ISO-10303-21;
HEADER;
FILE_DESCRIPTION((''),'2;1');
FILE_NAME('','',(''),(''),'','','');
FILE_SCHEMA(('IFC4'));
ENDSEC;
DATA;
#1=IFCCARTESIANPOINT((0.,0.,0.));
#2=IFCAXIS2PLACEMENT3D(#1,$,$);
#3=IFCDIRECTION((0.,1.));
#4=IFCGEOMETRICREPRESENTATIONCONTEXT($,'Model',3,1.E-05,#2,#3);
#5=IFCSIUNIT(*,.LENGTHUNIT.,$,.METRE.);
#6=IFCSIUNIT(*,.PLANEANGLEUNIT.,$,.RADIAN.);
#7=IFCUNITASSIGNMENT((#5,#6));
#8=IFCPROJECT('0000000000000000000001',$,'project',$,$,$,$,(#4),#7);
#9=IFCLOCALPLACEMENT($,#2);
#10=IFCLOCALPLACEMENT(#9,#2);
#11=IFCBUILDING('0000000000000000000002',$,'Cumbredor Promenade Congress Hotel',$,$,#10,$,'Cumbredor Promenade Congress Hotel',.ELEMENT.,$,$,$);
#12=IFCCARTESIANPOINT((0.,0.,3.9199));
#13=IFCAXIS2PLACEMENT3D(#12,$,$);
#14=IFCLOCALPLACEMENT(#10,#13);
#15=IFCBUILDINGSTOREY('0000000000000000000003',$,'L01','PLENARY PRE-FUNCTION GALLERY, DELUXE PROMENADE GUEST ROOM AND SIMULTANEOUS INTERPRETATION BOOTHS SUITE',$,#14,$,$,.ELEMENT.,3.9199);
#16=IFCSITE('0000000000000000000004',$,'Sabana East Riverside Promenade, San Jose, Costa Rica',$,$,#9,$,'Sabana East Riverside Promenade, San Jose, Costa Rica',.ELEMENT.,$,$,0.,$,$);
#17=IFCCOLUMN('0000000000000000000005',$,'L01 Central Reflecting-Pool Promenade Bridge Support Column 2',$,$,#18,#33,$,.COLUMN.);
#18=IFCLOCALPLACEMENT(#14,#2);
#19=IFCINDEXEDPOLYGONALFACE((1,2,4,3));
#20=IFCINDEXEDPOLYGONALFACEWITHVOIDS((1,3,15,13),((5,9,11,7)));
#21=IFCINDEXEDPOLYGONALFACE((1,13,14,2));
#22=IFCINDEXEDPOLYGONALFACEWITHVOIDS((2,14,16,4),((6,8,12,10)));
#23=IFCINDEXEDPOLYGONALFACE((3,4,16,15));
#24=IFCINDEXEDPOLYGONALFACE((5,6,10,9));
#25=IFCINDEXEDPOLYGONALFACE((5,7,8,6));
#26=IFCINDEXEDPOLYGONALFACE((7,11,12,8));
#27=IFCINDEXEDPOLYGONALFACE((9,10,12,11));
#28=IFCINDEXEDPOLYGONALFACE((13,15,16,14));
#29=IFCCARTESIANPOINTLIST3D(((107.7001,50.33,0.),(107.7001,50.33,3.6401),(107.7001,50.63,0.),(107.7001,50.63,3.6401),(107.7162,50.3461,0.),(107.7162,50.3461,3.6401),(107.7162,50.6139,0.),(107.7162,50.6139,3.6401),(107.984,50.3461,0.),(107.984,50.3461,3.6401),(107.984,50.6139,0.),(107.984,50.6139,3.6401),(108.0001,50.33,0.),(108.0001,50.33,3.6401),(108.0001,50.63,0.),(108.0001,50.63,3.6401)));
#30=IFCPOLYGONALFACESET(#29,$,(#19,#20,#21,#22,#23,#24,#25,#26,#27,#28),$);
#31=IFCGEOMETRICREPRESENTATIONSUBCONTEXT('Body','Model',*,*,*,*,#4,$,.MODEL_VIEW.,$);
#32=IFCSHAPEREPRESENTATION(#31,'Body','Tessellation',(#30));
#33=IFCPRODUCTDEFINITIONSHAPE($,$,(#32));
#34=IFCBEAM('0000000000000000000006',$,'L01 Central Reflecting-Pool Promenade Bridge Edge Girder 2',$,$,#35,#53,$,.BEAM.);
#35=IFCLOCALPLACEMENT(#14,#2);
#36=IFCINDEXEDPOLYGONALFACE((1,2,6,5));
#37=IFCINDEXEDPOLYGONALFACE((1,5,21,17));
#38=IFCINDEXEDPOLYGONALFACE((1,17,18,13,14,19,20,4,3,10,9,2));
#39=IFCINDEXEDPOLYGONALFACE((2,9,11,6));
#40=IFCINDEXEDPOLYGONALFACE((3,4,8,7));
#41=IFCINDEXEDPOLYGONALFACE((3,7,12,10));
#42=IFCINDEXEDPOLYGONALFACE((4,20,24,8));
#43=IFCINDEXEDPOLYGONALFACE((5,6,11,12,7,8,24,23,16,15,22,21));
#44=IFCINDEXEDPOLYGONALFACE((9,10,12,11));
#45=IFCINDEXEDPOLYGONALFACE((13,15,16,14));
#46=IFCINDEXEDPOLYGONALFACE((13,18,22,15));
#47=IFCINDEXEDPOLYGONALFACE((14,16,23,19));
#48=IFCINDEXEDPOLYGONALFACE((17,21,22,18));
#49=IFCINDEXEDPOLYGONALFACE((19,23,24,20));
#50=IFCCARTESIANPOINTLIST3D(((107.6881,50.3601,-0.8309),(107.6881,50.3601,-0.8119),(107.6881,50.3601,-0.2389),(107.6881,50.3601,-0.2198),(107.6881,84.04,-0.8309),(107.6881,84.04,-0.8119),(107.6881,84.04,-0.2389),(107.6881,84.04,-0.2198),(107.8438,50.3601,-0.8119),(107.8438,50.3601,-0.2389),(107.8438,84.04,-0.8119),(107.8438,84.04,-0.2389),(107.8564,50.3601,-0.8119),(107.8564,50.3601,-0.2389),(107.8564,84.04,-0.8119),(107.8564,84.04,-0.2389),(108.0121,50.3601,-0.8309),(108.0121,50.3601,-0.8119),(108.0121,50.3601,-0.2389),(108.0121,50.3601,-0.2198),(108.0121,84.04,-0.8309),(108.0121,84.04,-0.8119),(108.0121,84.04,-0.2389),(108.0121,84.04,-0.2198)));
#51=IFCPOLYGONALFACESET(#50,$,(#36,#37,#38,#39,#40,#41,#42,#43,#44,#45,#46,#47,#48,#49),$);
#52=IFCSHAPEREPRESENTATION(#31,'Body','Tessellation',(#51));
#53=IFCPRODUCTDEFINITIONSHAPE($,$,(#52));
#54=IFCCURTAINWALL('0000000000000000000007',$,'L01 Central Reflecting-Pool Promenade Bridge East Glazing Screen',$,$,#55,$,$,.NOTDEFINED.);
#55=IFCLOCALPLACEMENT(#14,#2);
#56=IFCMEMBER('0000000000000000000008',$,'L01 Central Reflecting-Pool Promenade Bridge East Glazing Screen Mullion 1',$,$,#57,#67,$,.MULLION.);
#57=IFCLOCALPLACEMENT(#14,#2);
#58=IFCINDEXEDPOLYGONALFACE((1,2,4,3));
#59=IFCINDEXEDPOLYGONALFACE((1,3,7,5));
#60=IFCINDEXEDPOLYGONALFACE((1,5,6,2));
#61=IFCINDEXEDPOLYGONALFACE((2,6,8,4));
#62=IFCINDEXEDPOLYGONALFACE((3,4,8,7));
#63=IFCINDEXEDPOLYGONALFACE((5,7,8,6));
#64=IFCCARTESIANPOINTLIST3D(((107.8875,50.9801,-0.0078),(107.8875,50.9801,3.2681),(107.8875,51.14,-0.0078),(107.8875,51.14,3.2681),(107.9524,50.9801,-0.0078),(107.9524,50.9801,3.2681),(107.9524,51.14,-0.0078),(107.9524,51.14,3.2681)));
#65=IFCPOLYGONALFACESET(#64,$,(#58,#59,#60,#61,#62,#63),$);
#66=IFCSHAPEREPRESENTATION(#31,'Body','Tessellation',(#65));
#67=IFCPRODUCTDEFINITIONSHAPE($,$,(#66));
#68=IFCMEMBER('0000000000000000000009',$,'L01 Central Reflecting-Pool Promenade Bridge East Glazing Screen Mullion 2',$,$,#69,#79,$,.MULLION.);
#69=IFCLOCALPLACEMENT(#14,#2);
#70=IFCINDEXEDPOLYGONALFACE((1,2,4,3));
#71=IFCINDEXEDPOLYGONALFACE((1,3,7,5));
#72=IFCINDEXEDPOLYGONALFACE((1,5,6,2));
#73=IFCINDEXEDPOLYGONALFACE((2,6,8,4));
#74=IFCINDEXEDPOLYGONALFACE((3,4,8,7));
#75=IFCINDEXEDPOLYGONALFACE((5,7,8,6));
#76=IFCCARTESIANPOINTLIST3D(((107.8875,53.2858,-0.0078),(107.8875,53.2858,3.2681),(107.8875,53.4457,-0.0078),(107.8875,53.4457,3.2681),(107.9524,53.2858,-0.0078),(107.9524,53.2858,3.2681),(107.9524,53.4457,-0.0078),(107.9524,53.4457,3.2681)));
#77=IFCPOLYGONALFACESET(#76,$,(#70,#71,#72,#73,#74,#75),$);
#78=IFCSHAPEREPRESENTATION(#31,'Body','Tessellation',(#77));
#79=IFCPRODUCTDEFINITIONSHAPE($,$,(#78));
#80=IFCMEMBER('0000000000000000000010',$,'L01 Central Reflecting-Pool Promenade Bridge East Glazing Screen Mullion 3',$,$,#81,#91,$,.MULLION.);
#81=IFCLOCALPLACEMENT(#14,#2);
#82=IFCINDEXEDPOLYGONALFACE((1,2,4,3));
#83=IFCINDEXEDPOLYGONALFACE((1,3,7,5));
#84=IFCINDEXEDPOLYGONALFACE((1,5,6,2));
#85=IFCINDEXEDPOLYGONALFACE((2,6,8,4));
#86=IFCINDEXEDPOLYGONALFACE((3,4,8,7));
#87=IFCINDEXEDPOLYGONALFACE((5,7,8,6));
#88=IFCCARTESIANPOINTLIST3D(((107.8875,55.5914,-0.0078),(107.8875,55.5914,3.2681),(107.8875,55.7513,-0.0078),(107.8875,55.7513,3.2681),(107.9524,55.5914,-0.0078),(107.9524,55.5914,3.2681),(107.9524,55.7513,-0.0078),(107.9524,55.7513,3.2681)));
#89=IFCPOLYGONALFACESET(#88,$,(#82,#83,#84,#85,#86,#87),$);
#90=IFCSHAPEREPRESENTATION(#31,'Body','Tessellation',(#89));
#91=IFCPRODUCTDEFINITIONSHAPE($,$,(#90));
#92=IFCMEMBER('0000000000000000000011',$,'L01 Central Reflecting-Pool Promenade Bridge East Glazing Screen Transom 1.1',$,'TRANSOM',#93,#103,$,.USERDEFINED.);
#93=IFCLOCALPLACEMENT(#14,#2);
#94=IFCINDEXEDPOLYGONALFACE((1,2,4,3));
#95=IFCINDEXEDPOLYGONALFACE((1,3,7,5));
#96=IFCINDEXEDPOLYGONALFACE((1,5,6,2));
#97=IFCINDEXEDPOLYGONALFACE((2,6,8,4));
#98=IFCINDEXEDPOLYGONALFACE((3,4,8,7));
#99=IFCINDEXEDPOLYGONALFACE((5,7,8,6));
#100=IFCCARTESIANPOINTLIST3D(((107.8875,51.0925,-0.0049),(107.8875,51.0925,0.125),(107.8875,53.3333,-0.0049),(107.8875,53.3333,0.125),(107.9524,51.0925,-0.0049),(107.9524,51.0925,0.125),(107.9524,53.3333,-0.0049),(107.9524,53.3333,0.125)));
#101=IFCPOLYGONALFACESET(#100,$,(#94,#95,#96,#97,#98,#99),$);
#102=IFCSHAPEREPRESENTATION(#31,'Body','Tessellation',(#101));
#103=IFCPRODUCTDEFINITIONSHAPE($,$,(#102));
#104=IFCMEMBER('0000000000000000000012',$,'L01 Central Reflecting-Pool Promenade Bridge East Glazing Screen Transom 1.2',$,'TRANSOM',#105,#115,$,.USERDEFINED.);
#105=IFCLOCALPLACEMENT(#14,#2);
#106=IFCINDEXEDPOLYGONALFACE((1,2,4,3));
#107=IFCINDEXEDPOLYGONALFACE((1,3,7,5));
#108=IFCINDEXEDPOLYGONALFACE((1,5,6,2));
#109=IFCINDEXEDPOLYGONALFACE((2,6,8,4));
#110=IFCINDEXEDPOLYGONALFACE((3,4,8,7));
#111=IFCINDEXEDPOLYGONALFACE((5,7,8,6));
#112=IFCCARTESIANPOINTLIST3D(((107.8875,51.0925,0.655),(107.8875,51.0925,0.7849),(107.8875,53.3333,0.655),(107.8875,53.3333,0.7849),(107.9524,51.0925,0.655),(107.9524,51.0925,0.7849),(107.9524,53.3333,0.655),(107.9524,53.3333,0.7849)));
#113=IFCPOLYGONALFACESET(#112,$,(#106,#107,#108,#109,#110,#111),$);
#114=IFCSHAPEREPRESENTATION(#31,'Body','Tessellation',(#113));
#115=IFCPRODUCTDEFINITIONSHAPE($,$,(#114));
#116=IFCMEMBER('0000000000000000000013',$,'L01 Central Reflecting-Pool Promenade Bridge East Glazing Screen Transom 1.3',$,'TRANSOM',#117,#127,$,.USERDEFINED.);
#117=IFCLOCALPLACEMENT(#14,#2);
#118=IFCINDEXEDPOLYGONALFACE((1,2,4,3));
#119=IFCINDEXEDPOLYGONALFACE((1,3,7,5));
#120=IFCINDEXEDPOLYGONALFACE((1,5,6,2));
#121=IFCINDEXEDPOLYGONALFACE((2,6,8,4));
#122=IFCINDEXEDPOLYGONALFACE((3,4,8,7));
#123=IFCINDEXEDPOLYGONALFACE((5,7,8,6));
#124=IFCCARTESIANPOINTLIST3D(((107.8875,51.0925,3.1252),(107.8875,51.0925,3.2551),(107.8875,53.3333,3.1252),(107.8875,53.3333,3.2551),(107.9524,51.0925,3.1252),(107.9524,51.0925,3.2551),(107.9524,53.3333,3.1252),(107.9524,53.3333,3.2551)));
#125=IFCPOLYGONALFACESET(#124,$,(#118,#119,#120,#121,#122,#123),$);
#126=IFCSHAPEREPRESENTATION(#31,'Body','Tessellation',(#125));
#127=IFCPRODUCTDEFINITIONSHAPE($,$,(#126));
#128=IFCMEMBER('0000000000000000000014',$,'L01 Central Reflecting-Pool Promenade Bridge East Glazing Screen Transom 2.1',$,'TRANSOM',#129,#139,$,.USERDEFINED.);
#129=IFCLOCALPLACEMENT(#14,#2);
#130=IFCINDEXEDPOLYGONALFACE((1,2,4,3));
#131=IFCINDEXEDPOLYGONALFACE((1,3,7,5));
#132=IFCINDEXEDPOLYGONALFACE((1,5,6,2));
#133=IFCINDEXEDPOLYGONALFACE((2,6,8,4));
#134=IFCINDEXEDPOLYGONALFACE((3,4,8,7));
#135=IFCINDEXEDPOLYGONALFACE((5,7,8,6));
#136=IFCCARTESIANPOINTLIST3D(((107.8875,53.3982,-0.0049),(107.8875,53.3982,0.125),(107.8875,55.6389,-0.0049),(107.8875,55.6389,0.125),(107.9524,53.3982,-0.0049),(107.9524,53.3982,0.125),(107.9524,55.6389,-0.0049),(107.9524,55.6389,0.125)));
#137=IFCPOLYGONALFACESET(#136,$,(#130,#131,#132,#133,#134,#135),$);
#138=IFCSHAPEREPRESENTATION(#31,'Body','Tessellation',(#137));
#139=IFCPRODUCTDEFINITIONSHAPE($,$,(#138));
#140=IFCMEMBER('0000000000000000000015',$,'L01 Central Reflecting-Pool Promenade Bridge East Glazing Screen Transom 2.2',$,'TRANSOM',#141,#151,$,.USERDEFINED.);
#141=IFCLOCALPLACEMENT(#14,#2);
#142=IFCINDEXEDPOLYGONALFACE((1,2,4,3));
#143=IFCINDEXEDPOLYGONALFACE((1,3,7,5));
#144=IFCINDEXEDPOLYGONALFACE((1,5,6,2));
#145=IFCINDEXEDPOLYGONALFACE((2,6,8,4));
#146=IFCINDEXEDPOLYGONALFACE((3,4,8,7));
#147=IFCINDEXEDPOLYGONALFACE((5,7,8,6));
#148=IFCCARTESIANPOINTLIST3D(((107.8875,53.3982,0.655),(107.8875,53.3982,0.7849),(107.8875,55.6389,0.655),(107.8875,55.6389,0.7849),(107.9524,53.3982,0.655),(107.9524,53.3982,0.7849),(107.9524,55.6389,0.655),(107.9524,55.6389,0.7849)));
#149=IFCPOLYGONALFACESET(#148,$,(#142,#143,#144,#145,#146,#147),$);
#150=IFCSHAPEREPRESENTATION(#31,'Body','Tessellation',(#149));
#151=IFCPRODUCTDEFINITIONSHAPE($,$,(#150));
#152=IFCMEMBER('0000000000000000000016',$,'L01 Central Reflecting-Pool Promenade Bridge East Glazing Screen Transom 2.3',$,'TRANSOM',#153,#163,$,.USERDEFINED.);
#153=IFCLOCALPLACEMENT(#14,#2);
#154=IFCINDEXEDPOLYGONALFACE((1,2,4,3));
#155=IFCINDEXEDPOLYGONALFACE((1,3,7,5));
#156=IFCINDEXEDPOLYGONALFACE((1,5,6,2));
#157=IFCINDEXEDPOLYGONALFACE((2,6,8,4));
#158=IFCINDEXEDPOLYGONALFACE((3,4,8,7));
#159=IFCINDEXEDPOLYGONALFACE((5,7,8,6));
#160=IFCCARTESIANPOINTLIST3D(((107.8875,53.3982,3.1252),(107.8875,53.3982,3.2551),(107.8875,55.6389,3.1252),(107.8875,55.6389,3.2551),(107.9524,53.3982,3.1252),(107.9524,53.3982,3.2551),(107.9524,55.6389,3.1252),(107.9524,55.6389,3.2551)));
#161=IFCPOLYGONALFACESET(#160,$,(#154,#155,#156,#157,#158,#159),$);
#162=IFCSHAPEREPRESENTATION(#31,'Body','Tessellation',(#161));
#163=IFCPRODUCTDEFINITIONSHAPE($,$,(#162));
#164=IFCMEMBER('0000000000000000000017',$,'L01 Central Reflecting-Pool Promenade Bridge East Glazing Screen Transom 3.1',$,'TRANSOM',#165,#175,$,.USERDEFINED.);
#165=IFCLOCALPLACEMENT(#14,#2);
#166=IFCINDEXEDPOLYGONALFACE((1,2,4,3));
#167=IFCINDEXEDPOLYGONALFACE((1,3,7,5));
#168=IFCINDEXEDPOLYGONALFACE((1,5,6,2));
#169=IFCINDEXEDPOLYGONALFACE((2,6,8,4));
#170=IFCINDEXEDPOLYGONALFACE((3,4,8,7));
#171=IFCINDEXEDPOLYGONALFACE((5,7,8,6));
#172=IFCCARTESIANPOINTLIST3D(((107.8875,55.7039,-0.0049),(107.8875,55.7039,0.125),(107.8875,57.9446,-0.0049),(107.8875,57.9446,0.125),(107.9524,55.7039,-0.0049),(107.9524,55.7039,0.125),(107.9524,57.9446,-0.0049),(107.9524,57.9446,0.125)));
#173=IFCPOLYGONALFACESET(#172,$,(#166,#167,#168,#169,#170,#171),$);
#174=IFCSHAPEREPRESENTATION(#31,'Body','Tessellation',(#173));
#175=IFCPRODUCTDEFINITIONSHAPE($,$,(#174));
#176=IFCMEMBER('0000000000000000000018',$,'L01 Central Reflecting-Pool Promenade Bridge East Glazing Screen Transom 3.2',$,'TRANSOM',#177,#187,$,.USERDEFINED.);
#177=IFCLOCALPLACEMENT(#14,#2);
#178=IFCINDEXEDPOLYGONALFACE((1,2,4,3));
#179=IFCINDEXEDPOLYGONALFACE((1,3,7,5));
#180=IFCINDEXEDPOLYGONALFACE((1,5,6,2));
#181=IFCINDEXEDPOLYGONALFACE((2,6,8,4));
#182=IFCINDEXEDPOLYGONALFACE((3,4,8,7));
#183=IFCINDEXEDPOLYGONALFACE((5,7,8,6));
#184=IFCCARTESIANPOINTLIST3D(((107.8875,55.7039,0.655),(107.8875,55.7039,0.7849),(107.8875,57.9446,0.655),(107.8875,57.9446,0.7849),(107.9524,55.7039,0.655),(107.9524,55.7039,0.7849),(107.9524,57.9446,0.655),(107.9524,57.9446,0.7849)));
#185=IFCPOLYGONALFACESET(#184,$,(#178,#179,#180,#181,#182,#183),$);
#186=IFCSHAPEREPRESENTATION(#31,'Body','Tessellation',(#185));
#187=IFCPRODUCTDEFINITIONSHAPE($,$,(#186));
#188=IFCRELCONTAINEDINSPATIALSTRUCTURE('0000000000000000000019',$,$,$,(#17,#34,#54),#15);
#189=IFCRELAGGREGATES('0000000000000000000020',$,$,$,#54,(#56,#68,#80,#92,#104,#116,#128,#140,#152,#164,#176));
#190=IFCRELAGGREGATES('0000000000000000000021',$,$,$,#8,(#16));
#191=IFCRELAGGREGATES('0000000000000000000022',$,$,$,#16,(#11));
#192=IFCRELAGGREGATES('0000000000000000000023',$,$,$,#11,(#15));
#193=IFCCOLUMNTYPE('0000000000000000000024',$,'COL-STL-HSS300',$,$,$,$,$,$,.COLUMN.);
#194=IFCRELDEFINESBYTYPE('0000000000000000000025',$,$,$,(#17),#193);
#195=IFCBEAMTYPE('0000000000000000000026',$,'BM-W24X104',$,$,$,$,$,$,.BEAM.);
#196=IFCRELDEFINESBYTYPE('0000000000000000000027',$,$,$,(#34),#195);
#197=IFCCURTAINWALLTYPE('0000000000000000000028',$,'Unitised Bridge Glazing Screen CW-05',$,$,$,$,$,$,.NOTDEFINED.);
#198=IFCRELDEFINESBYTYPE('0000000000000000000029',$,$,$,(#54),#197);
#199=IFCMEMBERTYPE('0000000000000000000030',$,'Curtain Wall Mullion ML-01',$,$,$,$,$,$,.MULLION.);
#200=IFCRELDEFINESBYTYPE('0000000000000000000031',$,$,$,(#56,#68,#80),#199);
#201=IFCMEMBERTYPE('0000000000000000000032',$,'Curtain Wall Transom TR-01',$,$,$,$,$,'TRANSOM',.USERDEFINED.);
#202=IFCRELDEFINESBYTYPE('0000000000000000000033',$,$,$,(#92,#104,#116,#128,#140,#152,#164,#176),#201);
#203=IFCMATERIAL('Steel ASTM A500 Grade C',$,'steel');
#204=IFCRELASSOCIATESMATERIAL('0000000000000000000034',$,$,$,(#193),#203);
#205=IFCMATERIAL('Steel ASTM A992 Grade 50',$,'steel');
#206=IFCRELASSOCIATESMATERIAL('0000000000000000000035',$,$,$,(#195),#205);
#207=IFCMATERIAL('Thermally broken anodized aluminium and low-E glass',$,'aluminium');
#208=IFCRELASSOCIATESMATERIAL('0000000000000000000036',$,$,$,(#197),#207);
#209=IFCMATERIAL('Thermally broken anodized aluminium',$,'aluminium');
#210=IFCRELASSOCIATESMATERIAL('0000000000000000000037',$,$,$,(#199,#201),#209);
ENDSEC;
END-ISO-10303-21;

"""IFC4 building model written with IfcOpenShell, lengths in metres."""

from ifc_helpers import new_model, si_unit, direction, frame, origin, origin_2d, place, context, subcontext, project, spatial, rectangle, hollow_rectangle, i_section, extrude, material, material_profile, profile_set, type_object, element, aggregate, save


model = new_model("IFC4")

# Units and contexts
model_context = context("Model", 3, precision=1e-05, world=origin(), true_north=direction((0.0, 1.0)))
body_context = subcontext(model_context, "Body", "Model", "MODEL_VIEW")
ifc_project = project(units=[si_unit("LENGTHUNIT", "METRE"), si_unit("PLANEANGLEUNIT", "RADIAN")], contexts=[model_context])

# Site, building, storey
site_placement = place(None, origin())
site = spatial("IfcSite", under=ifc_project, at=site_placement, Name="Sabana East Riverside Promenade, San Jose, Costa Rica", LongName="Sabana East Riverside Promenade, San Jose, Costa Rica", CompositionType="ELEMENT", RefElevation=0.0)
building_placement = place(site_placement, origin())
building = spatial("IfcBuilding", under=site, at=building_placement, Name="Cumbredor Promenade Congress Hotel", LongName="Cumbredor Promenade Congress Hotel", CompositionType="ELEMENT")
storey_placement = place(building_placement, frame((0.0, 0.0, 3.9199)))
storey = spatial("IfcBuildingStorey", under=building, at=storey_placement, Name="L01", Description="PLENARY PRE-FUNCTION GALLERY, DELUXE PROMENADE GUEST ROOM AND SIMULTANEOUS INTERPRETATION BOOTHS SUITE", CompositionType="ELEMENT", Elevation=3.9199)

# Column
ifc_material_1 = material(Name="Steel ASTM A500 Grade C", Category="steel")
ifc_material_profile_1 = material_profile(ifc_material_1, hollow_rectangle(XDim=0.3, YDim=0.3, WallThickness=0.0161, at=origin_2d()), Name="HSS 300x300x16")
ifc_profile_set_1 = profile_set([ifc_material_profile_1], Name="Steel ASTM A500 Grade C")
column_type = type_object("IfcColumnType", Name="COL-STL-HSS300", PredefinedType="COLUMN", material=ifc_profile_set_1)
column_placement = place(storey_placement, frame((107.8501, 50.48, 0.0), z_axis=(0.0, 0.0, 1.0), x_axis=(1.0, 0.0, 0.0)))
element("IfcColumn", 1, at=column_placement, inside=storey, type_object=column_type, Name="L01 Central Reflecting-Pool Promenade Bridge Support Column 2", PredefinedType="COLUMN", context=body_context, shape_type="SweptSolid", body=[
    extrude(hollow_rectangle(XDim=0.3, YDim=0.3, WallThickness=0.0161, at=origin_2d()), origin(), (0.0, 0.0, 1.0), 3.6401),
])

# Beam
ifc_material_2 = material(Name="Steel ASTM A992 Grade 50", Category="steel")
ifc_material_profile_2 = material_profile(ifc_material_2, i_section(OverallWidth=0.324, OverallDepth=0.6111, WebThickness=0.0127, FlangeThickness=0.019, at=origin_2d()), Name="W24X104")
ifc_profile_set_2 = profile_set([ifc_material_profile_2], Name="Steel ASTM A992 Grade 50")
beam_type_1 = type_object("IfcBeamType", Name="BM-W24X104", PredefinedType="BEAM", material=ifc_profile_set_2)
beam_1_placement = place(storey_placement, frame((107.8501, 50.3601, -0.5254), z_axis=(0.0, 1.0, 0.0), x_axis=(-1.0, 0.0, 0.0)))
element("IfcBeam", 2, at=beam_1_placement, inside=storey, type_object=beam_type_1, Name="L01 Central Reflecting-Pool Promenade Bridge Edge Girder 2", PredefinedType="BEAM", context=body_context, shape_type="SweptSolid", body=[
    extrude(i_section(OverallWidth=0.324, OverallDepth=0.6111, WebThickness=0.0127, FlangeThickness=0.019, at=origin_2d()), origin(), (0.0, 0.0, 1.0), 33.6799),
])

# Curtain wall, members
ifc_material_3 = material(Name="Thermally broken anodized aluminium and low-E glass", Category="aluminium")
curtain_wall_type = type_object("IfcCurtainWallType", Name="Unitised Bridge Glazing Screen CW-05", PredefinedType="NOTDEFINED", material=ifc_material_3)
curtain_wall_placement = place(storey_placement, origin())
curtain_wall = element("IfcCurtainWall", 3, at=curtain_wall_placement, inside=storey, type_object=curtain_wall_type, Name="L01 Central Reflecting-Pool Promenade Bridge East Glazing Screen", PredefinedType="NOTDEFINED")
ifc_material_4 = material(Name="Thermally broken anodized aluminium", Category="aluminium")
ifc_material_profile_3 = material_profile(ifc_material_4, rectangle(XDim=0.0649, YDim=0.1599, at=origin_2d()), Name="ALU MULLION 65x160")
ifc_profile_set_3 = profile_set([ifc_material_profile_3], Name="Thermally broken anodized aluminium")
member_type_1 = type_object("IfcMemberType", Name="Curtain Wall Mullion ML-01", PredefinedType="MULLION", material=ifc_profile_set_3)
member_1_placement = place(storey_placement, frame((107.9199, 51.0601, -0.0078), z_axis=(0.0, 0.0, 1.0), x_axis=(1.0, 0.0, 0.0)))
member_1 = element("IfcMember", 4, at=member_1_placement, type_object=member_type_1, Name="L01 Central Reflecting-Pool Promenade Bridge East Glazing Screen Mullion 1", PredefinedType="MULLION", context=body_context, shape_type="SweptSolid", body=[
    extrude(rectangle(XDim=0.0649, YDim=0.1599, at=origin_2d()), origin(), (0.0, 0.0, 1.0), 3.2759),
])
member_2_placement = place(storey_placement, frame((107.9199, 53.3657, -0.0078), z_axis=(0.0, 0.0, 1.0), x_axis=(1.0, 0.0, 0.0)))
member_2 = element("IfcMember", 5, at=member_2_placement, type_object=member_type_1, Name="L01 Central Reflecting-Pool Promenade Bridge East Glazing Screen Mullion 2", PredefinedType="MULLION", context=body_context, shape_type="SweptSolid", body=[
    extrude(rectangle(XDim=0.0649, YDim=0.1599, at=origin_2d()), origin(), (0.0, 0.0, 1.0), 3.2759),
])
member_3_placement = place(storey_placement, frame((107.9199, 55.6714, -0.0078), z_axis=(0.0, 0.0, 1.0), x_axis=(1.0, 0.0, 0.0)))
member_3 = element("IfcMember", 6, at=member_3_placement, type_object=member_type_1, Name="L01 Central Reflecting-Pool Promenade Bridge East Glazing Screen Mullion 3", PredefinedType="MULLION", context=body_context, shape_type="SweptSolid", body=[
    extrude(rectangle(XDim=0.0649, YDim=0.1599, at=origin_2d()), origin(), (0.0, 0.0, 1.0), 3.2759),
])
ifc_material_profile_4 = material_profile(ifc_material_4, rectangle(XDim=0.0649, YDim=0.1299, at=origin_2d()), Name="ALU TRANSOM 65x130")
ifc_profile_set_4 = profile_set([ifc_material_profile_4], Name="Thermally broken anodized aluminium")
member_type_2 = type_object("IfcMemberType", Name="Curtain Wall Transom TR-01", ElementType="TRANSOM", PredefinedType="USERDEFINED", material=ifc_profile_set_4)
member_4_placement = place(storey_placement, frame((107.9199, 51.0925, 0.0601), z_axis=(0.0, 1.0, 0.0), x_axis=(-1.0, 0.0, 0.0)))
member_4 = element("IfcMember", 7, at=member_4_placement, type_object=member_type_2, Name="L01 Central Reflecting-Pool Promenade Bridge East Glazing Screen Transom 1.1", ObjectType="TRANSOM", PredefinedType="USERDEFINED", context=body_context, shape_type="SweptSolid", body=[
    extrude(rectangle(XDim=0.0649, YDim=0.1299, at=origin_2d()), origin(), (0.0, 0.0, 1.0), 2.2407),
])
member_5_placement = place(storey_placement, frame((107.9199, 51.0925, 0.72), z_axis=(0.0, 1.0, 0.0), x_axis=(-1.0, 0.0, 0.0)))
member_5 = element("IfcMember", 8, at=member_5_placement, type_object=member_type_2, Name="L01 Central Reflecting-Pool Promenade Bridge East Glazing Screen Transom 1.2", ObjectType="TRANSOM", PredefinedType="USERDEFINED", context=body_context, shape_type="SweptSolid", body=[
    extrude(rectangle(XDim=0.0649, YDim=0.1299, at=origin_2d()), origin(), (0.0, 0.0, 1.0), 2.2407),
])
member_6_placement = place(storey_placement, frame((107.9199, 51.0925, 3.1902), z_axis=(0.0, 1.0, 0.0), x_axis=(-1.0, 0.0, 0.0)))
member_6 = element("IfcMember", 9, at=member_6_placement, type_object=member_type_2, Name="L01 Central Reflecting-Pool Promenade Bridge East Glazing Screen Transom 1.3", ObjectType="TRANSOM", PredefinedType="USERDEFINED", context=body_context, shape_type="SweptSolid", body=[
    extrude(rectangle(XDim=0.0649, YDim=0.1299, at=origin_2d()), origin(), (0.0, 0.0, 1.0), 2.2407),
])
member_7_placement = place(storey_placement, frame((107.9199, 53.3982, 0.0601), z_axis=(0.0, 1.0, 0.0), x_axis=(-1.0, 0.0, 0.0)))
member_7 = element("IfcMember", 10, at=member_7_placement, type_object=member_type_2, Name="L01 Central Reflecting-Pool Promenade Bridge East Glazing Screen Transom 2.1", ObjectType="TRANSOM", PredefinedType="USERDEFINED", context=body_context, shape_type="SweptSolid", body=[
    extrude(rectangle(XDim=0.0649, YDim=0.1299, at=origin_2d()), origin(), (0.0, 0.0, 1.0), 2.2407),
])
member_8_placement = place(storey_placement, frame((107.9199, 53.3982, 0.72), z_axis=(0.0, 1.0, 0.0), x_axis=(-1.0, 0.0, 0.0)))
member_8 = element("IfcMember", 11, at=member_8_placement, type_object=member_type_2, Name="L01 Central Reflecting-Pool Promenade Bridge East Glazing Screen Transom 2.2", ObjectType="TRANSOM", PredefinedType="USERDEFINED", context=body_context, shape_type="SweptSolid", body=[
    extrude(rectangle(XDim=0.0649, YDim=0.1299, at=origin_2d()), origin(), (0.0, 0.0, 1.0), 2.2407),
])
member_9_placement = place(storey_placement, frame((107.9199, 53.3982, 3.1902), z_axis=(0.0, 1.0, 0.0), x_axis=(-1.0, 0.0, 0.0)))
member_9 = element("IfcMember", 12, at=member_9_placement, type_object=member_type_2, Name="L01 Central Reflecting-Pool Promenade Bridge East Glazing Screen Transom 2.3", ObjectType="TRANSOM", PredefinedType="USERDEFINED", context=body_context, shape_type="SweptSolid", body=[
    extrude(rectangle(XDim=0.0649, YDim=0.1299, at=origin_2d()), origin(), (0.0, 0.0, 1.0), 2.2407),
])
member_10_placement = place(storey_placement, frame((107.9199, 55.7039, 0.0601), z_axis=(0.0, 1.0, 0.0), x_axis=(-1.0, 0.0, 0.0)))
member_10 = element("IfcMember", 13, at=member_10_placement, type_object=member_type_2, Name="L01 Central Reflecting-Pool Promenade Bridge East Glazing Screen Transom 3.1", ObjectType="TRANSOM", PredefinedType="USERDEFINED", context=body_context, shape_type="SweptSolid", body=[
    extrude(rectangle(XDim=0.0649, YDim=0.1299, at=origin_2d()), origin(), (0.0, 0.0, 1.0), 2.2407),
])
member_11_placement = place(storey_placement, frame((107.9199, 55.7039, 0.72), z_axis=(0.0, 1.0, 0.0), x_axis=(-1.0, 0.0, 0.0)))
member_11 = element("IfcMember", 14, at=member_11_placement, type_object=member_type_2, Name="L01 Central Reflecting-Pool Promenade Bridge East Glazing Screen Transom 3.2", ObjectType="TRANSOM", PredefinedType="USERDEFINED", context=body_context, shape_type="SweptSolid", body=[
    extrude(rectangle(XDim=0.0649, YDim=0.1299, at=origin_2d()), origin(), (0.0, 0.0, 1.0), 2.2407),
])

aggregate(curtain_wall, [member_1, member_2, member_3, member_4, member_5, member_6, member_7, member_8, member_9, member_10, member_11])

save(model, "model.ifc")
